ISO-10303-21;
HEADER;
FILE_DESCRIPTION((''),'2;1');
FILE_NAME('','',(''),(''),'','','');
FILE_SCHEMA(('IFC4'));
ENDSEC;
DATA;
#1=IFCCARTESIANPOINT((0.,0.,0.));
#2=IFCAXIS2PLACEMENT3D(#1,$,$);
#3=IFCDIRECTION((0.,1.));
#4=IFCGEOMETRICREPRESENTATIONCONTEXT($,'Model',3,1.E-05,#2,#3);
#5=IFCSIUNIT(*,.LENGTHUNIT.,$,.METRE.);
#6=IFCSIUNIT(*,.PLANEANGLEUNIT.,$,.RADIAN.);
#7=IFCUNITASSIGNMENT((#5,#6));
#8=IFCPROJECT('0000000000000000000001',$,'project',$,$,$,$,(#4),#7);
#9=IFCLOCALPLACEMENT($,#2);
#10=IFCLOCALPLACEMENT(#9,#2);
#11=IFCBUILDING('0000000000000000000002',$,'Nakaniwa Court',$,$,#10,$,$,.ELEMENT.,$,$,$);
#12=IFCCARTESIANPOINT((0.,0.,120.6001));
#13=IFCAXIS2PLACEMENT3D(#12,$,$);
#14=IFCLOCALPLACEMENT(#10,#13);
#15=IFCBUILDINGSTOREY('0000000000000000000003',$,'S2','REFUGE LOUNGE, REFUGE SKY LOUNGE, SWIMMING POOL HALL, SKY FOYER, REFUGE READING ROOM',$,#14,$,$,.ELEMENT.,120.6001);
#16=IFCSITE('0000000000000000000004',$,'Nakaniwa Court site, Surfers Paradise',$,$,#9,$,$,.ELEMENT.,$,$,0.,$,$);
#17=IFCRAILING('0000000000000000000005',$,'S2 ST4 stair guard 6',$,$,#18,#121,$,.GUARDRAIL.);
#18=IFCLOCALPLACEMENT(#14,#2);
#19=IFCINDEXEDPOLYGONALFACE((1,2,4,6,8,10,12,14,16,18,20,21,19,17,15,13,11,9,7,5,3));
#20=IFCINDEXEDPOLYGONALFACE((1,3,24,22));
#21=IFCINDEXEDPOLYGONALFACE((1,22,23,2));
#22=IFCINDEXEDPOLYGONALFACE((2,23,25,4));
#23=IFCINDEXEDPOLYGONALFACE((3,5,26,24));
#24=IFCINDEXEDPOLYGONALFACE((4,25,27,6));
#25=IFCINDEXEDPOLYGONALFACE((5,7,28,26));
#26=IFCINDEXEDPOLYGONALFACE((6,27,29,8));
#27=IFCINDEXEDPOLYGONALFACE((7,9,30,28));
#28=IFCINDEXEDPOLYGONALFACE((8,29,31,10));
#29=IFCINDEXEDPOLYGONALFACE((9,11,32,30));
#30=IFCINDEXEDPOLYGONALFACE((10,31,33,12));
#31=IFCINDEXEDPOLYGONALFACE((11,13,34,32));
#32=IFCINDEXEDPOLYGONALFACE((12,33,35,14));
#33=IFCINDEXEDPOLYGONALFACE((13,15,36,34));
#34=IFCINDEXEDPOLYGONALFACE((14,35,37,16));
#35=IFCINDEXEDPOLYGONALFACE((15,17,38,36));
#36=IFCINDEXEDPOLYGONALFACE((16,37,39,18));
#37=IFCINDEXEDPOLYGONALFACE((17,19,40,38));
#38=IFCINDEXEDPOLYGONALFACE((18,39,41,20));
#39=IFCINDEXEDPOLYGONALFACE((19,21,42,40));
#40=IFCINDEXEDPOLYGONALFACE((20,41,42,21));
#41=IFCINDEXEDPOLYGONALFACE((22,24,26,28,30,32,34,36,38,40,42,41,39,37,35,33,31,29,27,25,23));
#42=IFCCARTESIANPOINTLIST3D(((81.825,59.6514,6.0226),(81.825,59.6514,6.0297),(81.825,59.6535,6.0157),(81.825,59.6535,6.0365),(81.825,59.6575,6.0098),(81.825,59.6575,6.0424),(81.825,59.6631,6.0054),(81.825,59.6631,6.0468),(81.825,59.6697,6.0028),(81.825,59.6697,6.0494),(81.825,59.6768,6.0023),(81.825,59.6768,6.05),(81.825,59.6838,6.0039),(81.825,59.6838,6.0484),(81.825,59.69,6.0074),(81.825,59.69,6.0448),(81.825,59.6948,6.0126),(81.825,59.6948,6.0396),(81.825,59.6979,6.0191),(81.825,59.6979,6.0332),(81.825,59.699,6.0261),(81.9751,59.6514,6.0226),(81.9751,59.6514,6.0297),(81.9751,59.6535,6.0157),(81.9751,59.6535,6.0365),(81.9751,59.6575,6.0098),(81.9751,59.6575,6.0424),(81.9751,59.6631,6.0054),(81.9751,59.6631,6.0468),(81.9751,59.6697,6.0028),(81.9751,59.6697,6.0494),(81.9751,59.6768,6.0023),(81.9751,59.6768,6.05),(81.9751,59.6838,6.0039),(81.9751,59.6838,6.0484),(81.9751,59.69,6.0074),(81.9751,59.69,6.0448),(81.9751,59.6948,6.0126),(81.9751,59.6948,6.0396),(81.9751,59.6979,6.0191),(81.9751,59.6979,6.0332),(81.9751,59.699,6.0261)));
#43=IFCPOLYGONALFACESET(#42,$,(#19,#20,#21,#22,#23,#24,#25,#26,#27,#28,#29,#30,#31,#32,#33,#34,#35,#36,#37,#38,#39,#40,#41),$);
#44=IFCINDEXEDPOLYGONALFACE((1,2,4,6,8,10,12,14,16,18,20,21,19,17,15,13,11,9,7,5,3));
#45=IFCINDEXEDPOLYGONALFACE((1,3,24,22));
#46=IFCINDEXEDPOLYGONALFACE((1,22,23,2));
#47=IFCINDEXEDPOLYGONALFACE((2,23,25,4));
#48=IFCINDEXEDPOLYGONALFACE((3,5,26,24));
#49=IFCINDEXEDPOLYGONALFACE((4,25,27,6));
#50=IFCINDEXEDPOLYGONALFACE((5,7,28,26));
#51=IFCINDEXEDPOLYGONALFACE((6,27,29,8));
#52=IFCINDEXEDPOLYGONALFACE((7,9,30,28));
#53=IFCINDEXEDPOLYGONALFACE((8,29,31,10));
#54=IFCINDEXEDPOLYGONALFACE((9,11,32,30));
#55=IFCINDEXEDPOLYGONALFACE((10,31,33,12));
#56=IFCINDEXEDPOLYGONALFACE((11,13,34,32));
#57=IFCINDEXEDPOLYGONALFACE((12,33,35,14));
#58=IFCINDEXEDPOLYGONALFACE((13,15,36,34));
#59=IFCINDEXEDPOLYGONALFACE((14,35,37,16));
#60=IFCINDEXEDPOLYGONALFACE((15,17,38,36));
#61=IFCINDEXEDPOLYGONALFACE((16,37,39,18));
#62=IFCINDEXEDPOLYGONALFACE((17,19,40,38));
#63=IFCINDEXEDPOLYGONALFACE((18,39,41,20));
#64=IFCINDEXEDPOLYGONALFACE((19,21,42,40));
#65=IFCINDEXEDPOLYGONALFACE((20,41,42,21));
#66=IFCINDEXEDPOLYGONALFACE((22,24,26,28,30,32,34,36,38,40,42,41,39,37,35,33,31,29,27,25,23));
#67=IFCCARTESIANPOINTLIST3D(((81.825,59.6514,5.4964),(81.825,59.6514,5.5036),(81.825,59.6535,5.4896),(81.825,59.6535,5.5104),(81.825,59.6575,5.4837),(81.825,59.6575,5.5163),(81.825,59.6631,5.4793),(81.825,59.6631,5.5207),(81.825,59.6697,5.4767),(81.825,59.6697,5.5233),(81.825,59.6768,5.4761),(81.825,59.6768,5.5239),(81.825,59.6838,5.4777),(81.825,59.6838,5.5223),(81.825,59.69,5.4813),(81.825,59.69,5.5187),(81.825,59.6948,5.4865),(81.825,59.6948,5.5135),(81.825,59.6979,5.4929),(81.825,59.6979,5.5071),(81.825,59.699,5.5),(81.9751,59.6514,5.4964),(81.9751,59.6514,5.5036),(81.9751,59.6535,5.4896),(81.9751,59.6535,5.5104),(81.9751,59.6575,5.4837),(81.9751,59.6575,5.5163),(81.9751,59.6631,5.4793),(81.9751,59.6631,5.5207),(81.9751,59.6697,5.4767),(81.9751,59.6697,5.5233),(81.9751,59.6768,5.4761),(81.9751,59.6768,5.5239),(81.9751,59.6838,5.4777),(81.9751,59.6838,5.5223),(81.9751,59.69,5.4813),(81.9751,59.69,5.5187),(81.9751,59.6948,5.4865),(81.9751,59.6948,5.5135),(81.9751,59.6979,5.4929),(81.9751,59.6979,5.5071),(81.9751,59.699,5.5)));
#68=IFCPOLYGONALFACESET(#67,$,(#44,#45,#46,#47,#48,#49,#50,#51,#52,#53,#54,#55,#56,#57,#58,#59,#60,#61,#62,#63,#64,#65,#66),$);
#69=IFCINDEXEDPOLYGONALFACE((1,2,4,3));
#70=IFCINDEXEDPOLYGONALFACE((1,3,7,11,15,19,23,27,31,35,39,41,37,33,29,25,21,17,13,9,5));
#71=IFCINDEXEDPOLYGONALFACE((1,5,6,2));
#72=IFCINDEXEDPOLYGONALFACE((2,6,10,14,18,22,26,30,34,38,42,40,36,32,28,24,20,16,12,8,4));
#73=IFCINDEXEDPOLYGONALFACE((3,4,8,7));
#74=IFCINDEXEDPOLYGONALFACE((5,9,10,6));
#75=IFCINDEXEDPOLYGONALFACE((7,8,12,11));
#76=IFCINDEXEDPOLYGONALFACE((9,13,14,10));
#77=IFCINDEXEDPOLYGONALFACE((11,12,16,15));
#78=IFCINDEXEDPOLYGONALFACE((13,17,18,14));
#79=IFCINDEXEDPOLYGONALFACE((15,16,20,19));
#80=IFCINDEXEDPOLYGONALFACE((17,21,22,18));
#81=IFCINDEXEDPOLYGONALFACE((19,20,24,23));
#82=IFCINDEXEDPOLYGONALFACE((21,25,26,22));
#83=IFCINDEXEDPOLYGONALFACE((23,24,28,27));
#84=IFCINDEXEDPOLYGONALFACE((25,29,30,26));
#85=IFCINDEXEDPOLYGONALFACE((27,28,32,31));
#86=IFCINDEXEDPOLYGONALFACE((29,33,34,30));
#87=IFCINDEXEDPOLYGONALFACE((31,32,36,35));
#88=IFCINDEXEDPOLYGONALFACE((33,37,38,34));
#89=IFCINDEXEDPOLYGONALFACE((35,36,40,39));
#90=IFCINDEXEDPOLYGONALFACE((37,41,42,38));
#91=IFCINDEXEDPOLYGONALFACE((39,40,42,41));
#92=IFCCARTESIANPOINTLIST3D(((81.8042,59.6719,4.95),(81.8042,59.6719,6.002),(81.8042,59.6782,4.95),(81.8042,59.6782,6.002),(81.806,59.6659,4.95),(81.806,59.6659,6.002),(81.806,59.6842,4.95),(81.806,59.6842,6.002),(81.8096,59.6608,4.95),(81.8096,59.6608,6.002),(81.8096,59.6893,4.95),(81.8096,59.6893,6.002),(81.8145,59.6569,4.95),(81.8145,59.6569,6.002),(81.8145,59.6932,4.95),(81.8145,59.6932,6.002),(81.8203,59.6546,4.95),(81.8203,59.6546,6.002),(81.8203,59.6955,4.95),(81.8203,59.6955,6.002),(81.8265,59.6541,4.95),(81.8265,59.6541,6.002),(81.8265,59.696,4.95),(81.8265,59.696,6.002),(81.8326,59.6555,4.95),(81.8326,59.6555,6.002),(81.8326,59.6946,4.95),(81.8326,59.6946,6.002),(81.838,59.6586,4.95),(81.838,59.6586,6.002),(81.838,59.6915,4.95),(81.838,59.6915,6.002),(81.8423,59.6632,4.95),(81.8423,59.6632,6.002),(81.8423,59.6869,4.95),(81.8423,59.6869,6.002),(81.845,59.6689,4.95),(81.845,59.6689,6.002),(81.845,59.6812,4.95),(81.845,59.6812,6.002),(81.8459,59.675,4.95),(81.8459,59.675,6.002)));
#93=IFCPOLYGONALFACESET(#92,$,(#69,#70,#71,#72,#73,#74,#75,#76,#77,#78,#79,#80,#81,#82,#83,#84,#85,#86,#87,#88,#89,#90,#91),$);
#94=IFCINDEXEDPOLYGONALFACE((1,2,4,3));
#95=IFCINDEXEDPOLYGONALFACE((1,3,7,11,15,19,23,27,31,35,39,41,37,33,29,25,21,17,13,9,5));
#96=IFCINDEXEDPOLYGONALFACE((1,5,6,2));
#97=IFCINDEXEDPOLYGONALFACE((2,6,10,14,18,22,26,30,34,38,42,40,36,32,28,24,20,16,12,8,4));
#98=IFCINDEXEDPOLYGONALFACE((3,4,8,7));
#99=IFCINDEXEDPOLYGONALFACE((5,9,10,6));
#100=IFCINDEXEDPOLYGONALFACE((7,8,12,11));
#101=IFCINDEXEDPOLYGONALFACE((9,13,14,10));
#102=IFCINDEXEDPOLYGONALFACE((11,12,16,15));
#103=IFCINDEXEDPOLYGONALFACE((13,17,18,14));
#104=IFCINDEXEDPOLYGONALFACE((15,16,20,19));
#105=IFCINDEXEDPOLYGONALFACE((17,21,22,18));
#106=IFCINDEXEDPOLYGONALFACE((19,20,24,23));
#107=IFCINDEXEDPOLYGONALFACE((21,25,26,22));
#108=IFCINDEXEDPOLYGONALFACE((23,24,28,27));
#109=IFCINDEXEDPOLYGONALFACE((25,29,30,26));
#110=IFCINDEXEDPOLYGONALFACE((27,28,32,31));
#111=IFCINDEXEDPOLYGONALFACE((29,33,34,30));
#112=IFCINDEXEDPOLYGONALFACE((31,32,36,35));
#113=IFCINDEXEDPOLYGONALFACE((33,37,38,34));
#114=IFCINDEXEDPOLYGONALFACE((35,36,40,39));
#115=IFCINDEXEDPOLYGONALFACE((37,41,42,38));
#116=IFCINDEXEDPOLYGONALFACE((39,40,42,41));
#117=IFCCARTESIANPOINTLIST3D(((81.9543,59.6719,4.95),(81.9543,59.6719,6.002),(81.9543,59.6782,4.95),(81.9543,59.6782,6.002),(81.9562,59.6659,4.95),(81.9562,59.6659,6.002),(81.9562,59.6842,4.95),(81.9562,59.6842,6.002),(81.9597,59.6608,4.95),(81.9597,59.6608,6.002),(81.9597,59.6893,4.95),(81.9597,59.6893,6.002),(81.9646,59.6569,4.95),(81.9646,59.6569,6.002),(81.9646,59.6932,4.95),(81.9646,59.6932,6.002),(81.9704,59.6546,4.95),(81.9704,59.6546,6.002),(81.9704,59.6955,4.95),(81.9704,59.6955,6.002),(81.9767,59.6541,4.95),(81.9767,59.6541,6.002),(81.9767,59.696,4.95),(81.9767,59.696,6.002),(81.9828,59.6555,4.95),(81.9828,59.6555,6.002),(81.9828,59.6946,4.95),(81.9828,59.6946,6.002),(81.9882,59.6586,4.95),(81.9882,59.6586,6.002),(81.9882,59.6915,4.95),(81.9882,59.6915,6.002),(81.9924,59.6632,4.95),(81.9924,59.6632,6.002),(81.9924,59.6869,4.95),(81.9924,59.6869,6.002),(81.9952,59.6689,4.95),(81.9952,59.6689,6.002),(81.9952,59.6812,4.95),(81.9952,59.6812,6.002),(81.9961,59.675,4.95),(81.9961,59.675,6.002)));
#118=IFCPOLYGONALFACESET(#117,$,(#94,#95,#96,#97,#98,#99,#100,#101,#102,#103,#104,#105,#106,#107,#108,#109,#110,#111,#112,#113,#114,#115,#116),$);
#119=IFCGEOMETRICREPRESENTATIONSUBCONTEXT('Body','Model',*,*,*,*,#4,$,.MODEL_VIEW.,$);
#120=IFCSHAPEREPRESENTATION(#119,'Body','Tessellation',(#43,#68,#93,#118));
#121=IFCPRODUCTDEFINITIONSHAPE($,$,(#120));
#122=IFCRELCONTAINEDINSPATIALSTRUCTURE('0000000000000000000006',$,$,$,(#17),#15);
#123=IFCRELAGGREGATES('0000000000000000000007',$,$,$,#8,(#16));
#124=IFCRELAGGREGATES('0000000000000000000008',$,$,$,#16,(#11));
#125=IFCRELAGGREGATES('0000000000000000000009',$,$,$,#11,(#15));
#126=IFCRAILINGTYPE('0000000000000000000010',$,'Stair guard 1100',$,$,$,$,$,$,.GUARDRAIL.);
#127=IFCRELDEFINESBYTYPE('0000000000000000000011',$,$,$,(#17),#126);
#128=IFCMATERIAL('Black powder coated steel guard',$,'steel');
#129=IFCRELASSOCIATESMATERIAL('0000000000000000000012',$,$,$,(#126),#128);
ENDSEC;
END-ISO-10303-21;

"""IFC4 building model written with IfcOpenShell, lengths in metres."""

from ifc_helpers import new_model, si_unit, direction, frame, origin, origin_2d, place, context, subcontext, project, spatial, circle, extrude, material, type_object, element, save


model = new_model("IFC4")

# Units and contexts
model_context = context("Model", 3, precision=1e-05, world=origin(), true_north=direction((0.0, 1.0)))
body_context = subcontext(model_context, "Body", "Model", "MODEL_VIEW")
ifc_project = project(units=[si_unit("LENGTHUNIT", "METRE"), si_unit("PLANEANGLEUNIT", "RADIAN")], contexts=[model_context])

# Site, building, storey
site_placement = place(None, origin())
site = spatial("IfcSite", under=ifc_project, at=site_placement, Name="Nakaniwa Court site, Surfers Paradise", CompositionType="ELEMENT", RefElevation=0.0)
building_placement = place(site_placement, origin())
building = spatial("IfcBuilding", under=site, at=building_placement, Name="Nakaniwa Court", CompositionType="ELEMENT")
storey_placement = place(building_placement, frame((0.0, 0.0, 120.6001)))
storey = spatial("IfcBuildingStorey", under=building, at=storey_placement, Name="S2", Description="REFUGE LOUNGE, REFUGE SKY LOUNGE, SWIMMING POOL HALL, SKY FOYER, REFUGE READING ROOM", CompositionType="ELEMENT", Elevation=120.6001)

# Railing
ifc_material_1 = material(Name="Black powder coated steel guard", Category="steel")
railing_type_1 = type_object("IfcRailingType", Name="Stair guard 1100", PredefinedType="GUARDRAIL", material=ifc_material_1)
railing_1_placement = place(storey_placement, frame((81.825, 59.675, 4.95)))
element("IfcRailing", 1, at=railing_1_placement, inside=storey, type_object=railing_type_1, Name="S2 ST4 stair guard 6", PredefinedType="GUARDRAIL", context=body_context, shape_type="SweptSolid", body=[
    extrude(circle(Radius=0.0239, at=origin_2d()), frame((0.0, 0.0, 1.0762), z_axis=(1.0, 0.0, 0.0), x_axis=(0.0, 1.0, 0.0)), (0.0, 0.0, 1.0), 0.1501),
    extrude(circle(Radius=0.0239, at=origin_2d()), frame((0.0, 0.0, 0.55), z_axis=(1.0, 0.0, 0.0), x_axis=(0.0, 1.0, 0.0)), (0.0, 0.0, 1.0), 0.1501),
    extrude(circle(Radius=0.021, at=origin_2d()), origin(), (0.0, 0.0, 1.0), 1.052),
    extrude(circle(Radius=0.021, at=origin_2d()), frame((0.1501, 0.0, 0.0)), (0.0, 0.0, 1.0), 1.052),
])

save(model, "model.ifc")
